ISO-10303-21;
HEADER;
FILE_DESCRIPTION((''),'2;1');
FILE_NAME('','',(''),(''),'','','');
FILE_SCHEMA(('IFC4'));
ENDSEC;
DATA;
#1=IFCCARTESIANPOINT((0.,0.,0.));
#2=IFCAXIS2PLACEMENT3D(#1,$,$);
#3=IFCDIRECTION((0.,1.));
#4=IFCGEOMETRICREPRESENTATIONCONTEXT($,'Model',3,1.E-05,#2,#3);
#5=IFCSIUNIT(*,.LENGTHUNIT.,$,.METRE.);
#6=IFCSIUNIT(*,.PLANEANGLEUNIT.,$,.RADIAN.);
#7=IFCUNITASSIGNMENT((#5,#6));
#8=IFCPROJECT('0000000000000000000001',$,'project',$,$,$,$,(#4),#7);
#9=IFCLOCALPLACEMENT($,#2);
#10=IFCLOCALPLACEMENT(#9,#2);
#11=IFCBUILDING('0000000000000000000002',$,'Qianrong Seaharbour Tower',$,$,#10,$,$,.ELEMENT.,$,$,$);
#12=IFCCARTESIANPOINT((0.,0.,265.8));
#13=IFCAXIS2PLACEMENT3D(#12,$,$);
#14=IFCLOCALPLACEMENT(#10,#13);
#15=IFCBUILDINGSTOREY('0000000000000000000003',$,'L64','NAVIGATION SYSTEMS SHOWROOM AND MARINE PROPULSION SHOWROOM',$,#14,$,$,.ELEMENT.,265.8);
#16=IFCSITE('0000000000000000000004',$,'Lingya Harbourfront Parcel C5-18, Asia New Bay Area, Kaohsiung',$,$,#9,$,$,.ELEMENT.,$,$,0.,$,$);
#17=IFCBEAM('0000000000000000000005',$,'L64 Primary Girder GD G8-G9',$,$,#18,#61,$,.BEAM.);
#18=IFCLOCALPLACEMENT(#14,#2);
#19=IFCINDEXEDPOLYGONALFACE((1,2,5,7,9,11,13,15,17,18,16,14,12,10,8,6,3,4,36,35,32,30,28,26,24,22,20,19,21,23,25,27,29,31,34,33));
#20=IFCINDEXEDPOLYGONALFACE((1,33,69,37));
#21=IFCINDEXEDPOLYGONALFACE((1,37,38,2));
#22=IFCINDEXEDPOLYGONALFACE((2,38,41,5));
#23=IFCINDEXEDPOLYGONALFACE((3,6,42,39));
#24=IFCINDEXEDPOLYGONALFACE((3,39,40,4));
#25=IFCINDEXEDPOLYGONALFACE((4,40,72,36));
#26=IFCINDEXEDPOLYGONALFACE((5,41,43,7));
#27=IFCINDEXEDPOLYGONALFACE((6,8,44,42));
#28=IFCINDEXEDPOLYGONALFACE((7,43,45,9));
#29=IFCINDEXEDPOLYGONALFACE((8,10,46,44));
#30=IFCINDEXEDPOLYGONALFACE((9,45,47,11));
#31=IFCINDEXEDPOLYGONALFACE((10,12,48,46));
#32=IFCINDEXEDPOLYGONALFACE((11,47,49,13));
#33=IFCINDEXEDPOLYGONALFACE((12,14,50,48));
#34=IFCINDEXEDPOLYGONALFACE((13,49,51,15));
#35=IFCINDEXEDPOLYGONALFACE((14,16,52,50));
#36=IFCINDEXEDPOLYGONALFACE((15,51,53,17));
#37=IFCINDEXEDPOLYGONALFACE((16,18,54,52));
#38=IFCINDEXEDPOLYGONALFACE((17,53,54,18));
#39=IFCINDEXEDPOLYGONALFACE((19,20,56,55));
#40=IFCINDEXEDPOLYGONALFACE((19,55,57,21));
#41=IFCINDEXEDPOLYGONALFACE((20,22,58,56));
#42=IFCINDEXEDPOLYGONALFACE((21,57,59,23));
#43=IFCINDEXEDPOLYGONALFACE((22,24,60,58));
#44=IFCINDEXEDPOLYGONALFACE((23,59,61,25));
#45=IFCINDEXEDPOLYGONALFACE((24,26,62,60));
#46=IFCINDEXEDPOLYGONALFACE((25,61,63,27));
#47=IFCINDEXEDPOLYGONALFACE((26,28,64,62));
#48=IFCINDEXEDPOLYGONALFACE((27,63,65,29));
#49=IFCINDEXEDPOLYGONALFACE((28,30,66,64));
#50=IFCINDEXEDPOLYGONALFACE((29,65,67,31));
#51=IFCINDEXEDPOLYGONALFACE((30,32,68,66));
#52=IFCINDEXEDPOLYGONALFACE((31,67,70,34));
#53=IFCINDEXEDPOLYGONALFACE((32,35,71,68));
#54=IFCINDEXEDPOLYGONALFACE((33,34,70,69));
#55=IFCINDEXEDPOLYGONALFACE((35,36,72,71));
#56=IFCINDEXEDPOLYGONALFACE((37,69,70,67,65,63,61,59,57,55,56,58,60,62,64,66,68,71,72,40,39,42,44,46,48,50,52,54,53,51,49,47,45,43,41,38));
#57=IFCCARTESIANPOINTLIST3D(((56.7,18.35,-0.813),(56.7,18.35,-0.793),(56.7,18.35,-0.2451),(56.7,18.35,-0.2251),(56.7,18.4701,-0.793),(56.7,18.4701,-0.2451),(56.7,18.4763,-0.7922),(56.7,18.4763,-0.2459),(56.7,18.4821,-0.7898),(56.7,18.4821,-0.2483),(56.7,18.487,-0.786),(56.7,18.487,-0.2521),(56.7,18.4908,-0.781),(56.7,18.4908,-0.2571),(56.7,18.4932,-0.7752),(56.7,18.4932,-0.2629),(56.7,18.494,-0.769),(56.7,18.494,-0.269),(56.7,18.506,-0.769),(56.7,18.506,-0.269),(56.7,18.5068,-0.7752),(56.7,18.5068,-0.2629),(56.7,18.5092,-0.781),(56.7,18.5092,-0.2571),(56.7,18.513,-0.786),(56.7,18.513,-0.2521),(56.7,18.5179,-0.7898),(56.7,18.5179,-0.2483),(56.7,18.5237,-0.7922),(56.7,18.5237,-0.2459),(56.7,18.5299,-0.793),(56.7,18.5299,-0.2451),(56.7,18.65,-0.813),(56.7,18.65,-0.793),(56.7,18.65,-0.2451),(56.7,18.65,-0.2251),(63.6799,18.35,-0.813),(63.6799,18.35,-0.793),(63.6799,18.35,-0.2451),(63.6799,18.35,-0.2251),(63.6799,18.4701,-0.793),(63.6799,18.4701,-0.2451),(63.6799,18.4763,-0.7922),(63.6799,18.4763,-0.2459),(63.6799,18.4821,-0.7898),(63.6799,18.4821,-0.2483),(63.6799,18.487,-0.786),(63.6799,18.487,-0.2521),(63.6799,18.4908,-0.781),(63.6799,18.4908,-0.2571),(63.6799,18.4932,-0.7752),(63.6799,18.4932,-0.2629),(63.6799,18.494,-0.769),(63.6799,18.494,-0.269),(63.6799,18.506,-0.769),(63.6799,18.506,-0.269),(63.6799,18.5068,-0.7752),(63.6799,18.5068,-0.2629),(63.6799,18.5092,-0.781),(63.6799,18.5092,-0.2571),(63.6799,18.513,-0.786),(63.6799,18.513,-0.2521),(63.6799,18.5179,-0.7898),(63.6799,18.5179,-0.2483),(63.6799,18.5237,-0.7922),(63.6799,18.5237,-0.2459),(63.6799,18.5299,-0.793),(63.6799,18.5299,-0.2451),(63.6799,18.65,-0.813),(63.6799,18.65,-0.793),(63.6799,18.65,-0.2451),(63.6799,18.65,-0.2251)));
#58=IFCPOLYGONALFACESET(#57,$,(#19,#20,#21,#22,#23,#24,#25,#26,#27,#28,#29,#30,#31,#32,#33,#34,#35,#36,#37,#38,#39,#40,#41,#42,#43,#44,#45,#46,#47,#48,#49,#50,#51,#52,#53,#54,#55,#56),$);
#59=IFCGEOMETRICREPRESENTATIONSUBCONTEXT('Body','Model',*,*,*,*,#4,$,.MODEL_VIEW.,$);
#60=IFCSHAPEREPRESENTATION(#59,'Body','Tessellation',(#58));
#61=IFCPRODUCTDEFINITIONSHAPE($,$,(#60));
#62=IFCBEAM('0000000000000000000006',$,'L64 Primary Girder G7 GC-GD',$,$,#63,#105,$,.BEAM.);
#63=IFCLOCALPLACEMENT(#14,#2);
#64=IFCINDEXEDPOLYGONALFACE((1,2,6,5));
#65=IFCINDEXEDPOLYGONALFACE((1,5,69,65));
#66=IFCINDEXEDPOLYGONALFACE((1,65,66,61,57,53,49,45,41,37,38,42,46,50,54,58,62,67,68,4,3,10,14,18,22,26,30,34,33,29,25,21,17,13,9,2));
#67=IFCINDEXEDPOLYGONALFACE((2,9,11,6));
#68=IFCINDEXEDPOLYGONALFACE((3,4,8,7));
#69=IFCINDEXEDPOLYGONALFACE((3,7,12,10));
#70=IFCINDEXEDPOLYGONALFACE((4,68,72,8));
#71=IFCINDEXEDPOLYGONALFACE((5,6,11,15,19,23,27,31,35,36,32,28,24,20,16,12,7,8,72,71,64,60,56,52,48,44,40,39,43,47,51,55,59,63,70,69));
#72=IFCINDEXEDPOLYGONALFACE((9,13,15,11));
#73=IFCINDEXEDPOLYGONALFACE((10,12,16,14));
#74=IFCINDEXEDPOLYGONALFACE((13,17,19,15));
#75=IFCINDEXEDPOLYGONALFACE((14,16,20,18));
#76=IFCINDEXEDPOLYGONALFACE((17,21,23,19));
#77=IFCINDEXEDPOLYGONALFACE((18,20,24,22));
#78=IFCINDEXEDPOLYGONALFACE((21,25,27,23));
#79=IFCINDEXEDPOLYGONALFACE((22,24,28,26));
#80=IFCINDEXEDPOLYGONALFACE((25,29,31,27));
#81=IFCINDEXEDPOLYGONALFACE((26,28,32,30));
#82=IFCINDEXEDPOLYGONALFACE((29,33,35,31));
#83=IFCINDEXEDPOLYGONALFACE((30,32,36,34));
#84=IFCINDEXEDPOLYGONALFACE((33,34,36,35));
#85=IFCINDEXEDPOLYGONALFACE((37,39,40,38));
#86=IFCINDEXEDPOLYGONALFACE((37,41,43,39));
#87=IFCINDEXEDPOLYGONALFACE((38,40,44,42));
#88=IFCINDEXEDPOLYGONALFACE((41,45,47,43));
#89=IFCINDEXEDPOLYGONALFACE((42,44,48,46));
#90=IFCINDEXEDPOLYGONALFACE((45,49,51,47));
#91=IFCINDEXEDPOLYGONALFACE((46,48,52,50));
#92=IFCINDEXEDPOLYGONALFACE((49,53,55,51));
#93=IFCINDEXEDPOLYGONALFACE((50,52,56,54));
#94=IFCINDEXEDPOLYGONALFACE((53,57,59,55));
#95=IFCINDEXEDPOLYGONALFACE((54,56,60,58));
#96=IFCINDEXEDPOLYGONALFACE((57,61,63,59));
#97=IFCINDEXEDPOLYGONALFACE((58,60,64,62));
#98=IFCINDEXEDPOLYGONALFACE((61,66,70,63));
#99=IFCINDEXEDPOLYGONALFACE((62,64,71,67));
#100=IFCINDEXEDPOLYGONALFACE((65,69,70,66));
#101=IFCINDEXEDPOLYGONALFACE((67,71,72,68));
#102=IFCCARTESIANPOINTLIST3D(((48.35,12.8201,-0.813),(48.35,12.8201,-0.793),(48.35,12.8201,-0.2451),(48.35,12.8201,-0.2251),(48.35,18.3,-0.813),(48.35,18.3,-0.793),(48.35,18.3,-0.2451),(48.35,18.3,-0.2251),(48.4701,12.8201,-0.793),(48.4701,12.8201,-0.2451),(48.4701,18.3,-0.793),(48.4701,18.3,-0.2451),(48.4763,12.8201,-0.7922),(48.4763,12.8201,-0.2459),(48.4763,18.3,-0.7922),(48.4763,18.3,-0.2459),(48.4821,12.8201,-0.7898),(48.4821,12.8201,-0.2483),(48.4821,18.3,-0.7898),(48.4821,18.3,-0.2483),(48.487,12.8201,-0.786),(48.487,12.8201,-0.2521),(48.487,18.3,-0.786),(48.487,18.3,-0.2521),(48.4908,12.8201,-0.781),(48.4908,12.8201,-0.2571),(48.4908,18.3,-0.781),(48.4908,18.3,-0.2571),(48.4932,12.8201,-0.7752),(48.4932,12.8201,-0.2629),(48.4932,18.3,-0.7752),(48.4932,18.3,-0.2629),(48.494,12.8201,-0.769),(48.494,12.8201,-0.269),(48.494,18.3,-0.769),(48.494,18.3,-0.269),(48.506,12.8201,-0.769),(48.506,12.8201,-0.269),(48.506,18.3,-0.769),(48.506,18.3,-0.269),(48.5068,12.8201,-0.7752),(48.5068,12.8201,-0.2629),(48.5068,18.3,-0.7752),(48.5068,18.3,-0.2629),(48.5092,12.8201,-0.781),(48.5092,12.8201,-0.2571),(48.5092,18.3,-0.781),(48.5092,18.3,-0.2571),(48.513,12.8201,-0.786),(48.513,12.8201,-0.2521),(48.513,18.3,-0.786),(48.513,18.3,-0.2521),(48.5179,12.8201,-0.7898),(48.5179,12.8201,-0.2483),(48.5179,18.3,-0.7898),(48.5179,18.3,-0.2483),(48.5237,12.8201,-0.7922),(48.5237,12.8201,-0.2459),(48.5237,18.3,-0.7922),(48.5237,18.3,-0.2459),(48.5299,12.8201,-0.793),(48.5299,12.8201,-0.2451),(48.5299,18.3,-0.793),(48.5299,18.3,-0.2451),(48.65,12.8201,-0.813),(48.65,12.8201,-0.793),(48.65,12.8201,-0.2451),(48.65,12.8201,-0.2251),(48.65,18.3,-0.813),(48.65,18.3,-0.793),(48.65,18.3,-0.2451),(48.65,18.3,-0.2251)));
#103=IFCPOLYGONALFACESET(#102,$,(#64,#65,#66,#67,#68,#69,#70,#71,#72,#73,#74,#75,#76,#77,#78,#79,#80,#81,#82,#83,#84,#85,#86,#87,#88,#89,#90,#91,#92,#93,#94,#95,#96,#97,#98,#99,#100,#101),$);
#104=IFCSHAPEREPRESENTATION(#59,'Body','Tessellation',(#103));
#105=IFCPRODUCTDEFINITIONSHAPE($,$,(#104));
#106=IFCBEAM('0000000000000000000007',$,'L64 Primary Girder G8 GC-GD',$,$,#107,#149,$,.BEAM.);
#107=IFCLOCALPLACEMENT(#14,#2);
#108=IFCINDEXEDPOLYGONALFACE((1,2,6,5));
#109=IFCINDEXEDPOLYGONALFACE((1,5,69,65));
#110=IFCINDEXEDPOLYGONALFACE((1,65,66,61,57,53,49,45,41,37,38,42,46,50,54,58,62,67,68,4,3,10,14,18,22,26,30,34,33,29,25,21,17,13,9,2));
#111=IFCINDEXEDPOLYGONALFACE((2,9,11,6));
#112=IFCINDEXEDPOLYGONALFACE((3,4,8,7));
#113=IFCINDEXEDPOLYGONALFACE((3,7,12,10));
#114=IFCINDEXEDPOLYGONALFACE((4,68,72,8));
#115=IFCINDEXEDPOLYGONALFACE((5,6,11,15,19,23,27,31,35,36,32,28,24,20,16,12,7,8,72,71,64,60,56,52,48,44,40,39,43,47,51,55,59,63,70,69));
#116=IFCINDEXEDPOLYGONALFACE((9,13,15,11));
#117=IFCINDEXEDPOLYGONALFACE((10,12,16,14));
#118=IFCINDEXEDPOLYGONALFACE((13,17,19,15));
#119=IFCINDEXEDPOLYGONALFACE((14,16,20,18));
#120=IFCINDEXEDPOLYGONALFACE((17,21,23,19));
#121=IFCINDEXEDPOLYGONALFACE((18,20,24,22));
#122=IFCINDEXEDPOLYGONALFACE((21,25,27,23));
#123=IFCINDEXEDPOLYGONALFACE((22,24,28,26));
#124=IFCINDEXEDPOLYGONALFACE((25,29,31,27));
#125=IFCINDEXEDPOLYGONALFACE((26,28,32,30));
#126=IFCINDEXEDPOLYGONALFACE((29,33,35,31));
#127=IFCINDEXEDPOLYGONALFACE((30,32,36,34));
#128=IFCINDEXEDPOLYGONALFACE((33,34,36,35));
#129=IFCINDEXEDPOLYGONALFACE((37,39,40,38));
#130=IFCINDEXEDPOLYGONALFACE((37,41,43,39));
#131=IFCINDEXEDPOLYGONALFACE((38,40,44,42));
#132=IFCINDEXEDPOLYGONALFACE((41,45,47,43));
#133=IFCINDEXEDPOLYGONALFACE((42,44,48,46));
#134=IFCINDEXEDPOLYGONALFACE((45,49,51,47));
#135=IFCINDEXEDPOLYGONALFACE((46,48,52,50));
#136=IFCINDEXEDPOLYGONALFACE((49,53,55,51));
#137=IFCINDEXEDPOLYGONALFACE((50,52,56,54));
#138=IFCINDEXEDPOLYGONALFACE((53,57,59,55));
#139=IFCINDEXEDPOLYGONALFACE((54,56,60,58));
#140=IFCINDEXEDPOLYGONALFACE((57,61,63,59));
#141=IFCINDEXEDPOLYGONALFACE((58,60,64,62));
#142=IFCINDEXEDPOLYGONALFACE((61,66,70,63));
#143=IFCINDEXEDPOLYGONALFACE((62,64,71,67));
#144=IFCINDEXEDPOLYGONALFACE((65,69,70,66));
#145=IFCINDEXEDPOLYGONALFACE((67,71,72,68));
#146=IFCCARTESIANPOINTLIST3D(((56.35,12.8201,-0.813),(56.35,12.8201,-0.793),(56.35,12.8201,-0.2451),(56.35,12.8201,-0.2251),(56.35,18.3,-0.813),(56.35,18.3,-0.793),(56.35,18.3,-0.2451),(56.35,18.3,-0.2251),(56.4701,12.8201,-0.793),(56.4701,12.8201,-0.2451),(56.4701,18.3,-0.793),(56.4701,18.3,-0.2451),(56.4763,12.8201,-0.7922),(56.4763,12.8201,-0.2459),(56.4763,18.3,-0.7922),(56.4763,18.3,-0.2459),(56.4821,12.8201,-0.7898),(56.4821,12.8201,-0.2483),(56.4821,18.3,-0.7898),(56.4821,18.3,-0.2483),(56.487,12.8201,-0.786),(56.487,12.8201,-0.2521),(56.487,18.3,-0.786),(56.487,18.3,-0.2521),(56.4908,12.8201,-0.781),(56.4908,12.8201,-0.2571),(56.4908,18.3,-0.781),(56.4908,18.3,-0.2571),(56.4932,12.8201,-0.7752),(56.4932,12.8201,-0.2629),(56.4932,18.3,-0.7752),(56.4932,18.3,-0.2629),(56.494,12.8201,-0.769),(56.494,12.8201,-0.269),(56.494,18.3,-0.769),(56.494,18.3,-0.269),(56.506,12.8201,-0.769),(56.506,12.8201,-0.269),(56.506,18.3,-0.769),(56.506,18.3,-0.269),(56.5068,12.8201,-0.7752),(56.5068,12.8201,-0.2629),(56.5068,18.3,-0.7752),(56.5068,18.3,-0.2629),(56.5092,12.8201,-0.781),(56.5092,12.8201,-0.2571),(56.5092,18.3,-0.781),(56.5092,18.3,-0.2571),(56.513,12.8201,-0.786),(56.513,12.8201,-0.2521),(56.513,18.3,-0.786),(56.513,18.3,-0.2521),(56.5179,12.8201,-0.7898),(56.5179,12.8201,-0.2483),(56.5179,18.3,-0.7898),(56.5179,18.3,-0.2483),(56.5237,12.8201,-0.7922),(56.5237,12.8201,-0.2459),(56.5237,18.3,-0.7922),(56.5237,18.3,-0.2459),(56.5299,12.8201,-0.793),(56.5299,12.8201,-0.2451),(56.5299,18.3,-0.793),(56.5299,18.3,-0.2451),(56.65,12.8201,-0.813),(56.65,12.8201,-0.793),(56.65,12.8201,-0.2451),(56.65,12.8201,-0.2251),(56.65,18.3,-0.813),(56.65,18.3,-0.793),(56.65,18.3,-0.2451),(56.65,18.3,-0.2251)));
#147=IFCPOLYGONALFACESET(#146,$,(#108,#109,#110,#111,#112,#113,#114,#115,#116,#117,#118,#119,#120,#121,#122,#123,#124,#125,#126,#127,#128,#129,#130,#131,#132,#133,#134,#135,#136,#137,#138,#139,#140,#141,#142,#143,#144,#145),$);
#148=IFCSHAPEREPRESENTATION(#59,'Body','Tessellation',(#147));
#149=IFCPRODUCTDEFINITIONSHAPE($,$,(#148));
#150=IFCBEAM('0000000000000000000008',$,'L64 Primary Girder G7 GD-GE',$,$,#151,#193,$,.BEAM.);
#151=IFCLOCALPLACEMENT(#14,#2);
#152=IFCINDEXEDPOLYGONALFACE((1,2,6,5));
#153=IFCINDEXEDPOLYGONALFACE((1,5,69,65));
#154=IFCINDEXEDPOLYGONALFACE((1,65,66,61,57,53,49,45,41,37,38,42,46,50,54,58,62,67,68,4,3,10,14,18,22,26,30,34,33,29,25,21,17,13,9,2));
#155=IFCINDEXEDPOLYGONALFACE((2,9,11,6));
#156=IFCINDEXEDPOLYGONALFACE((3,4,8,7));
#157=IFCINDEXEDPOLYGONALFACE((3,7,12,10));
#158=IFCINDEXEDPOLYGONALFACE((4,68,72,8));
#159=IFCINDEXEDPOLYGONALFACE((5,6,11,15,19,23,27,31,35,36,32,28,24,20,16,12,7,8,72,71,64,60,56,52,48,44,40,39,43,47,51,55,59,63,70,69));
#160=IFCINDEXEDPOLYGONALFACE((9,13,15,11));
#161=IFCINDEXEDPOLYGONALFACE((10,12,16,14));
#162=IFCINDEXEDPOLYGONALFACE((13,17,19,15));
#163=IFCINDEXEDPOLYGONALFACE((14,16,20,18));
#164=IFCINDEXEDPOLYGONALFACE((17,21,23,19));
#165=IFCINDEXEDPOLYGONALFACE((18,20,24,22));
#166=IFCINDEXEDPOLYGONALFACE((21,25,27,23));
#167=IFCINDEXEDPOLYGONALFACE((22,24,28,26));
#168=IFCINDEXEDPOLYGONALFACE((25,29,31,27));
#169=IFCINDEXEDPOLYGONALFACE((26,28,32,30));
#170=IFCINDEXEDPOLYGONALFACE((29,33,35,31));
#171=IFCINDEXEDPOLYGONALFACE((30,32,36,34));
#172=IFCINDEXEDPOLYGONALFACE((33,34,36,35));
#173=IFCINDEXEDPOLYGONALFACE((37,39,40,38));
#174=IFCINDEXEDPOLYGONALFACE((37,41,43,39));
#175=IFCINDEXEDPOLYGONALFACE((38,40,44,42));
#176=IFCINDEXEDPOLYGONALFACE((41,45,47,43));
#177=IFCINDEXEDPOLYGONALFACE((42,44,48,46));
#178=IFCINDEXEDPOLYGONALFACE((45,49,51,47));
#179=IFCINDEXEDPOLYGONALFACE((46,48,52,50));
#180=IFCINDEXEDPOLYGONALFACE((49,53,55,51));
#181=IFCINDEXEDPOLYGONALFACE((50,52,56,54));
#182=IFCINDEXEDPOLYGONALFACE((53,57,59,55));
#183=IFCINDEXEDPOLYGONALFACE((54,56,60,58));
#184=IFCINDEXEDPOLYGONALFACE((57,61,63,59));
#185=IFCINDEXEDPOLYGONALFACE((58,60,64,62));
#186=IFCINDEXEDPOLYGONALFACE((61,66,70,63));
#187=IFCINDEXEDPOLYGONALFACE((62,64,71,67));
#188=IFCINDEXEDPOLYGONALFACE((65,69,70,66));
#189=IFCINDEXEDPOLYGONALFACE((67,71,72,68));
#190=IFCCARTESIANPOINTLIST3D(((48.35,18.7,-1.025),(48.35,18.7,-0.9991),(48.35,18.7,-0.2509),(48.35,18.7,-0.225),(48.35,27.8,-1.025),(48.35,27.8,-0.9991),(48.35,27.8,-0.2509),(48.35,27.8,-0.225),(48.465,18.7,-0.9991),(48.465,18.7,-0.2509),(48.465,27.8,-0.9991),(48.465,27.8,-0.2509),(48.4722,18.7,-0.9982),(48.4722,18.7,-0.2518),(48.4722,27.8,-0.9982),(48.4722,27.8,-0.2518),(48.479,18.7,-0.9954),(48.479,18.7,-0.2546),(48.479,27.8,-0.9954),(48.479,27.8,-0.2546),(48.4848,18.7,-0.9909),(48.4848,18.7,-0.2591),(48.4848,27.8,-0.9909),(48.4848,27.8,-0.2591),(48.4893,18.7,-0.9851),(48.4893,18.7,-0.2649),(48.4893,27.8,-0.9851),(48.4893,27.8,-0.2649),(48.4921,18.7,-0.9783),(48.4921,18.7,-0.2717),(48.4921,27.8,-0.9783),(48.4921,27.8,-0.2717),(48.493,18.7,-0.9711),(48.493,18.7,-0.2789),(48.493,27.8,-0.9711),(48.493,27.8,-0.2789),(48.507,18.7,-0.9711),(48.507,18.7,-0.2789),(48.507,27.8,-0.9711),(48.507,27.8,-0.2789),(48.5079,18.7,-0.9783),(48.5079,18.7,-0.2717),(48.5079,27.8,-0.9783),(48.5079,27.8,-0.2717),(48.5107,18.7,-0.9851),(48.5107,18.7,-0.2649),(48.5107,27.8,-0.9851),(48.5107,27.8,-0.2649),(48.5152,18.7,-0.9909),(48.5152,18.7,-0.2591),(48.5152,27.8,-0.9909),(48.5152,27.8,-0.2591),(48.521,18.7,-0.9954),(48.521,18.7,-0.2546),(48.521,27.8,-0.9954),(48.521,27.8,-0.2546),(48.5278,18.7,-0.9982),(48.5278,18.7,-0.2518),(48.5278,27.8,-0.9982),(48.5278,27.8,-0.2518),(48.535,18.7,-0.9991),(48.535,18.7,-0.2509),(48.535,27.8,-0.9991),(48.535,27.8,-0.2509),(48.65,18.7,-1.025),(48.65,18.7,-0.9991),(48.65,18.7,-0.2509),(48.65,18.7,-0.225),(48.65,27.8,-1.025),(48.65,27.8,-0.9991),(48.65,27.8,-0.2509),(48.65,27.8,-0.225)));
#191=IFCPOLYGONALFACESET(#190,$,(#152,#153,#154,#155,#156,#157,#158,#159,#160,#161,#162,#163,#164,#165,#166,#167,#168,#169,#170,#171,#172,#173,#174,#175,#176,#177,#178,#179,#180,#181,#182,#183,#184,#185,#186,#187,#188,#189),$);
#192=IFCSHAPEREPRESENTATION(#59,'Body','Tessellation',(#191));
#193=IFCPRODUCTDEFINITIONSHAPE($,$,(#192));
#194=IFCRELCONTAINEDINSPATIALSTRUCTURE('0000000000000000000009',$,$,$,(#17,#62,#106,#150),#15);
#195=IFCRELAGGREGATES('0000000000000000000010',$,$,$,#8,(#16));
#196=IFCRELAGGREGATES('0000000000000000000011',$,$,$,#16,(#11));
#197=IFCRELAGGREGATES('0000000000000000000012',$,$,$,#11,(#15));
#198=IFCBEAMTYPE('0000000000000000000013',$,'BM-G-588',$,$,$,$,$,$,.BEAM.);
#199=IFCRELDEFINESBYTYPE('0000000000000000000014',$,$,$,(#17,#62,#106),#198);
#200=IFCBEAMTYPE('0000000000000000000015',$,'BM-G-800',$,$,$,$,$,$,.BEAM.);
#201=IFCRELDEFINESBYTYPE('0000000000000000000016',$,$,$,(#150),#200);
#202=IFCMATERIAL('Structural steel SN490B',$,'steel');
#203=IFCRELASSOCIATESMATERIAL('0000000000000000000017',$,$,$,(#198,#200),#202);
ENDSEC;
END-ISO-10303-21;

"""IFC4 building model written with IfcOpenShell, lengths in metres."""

from ifc_helpers import new_model, si_unit, direction, frame, origin, origin_2d, place, context, subcontext, project, spatial, i_section, extrude, material, material_profile, profile_set, type_object, element, save


model = new_model("IFC4")

# Units and contexts
model_context = context("Model", 3, precision=1e-05, world=origin(), true_north=direction((0.0, 1.0)))
body_context = subcontext(model_context, "Body", "Model", "MODEL_VIEW")
ifc_project = project(units=[si_unit("LENGTHUNIT", "METRE"), si_unit("PLANEANGLEUNIT", "RADIAN")], contexts=[model_context])

# Site, building, storey
site_placement = place(None, origin())
site = spatial("IfcSite", under=ifc_project, at=site_placement, Name="Lingya Harbourfront Parcel C5-18, Asia New Bay Area, Kaohsiung", CompositionType="ELEMENT", RefElevation=0.0)
building_placement = place(site_placement, origin())
building = spatial("IfcBuilding", under=site, at=building_placement, Name="Qianrong Seaharbour Tower", CompositionType="ELEMENT")
storey_placement = place(building_placement, frame((0.0, 0.0, 265.8)))
storey = spatial("IfcBuildingStorey", under=building, at=storey_placement, Name="L64", Description="NAVIGATION SYSTEMS SHOWROOM AND MARINE PROPULSION SHOWROOM", CompositionType="ELEMENT", Elevation=265.8)

# Shared definitions
ifc_material_1 = material(Name="Structural steel SN490B", Category="steel")

# Beams
ifc_material_profile_1 = material_profile(ifc_material_1, i_section(OverallWidth=0.3, OverallDepth=0.5879, WebThickness=0.012, FlangeThickness=0.02, FilletRadius=0.0239, at=origin_2d()), Name="H588x300x12x20")
ifc_profile_set_1 = profile_set([ifc_material_profile_1], Name="Structural steel SN490B")
beam_type_1 = type_object("IfcBeamType", Name="BM-G-588", PredefinedType="BEAM", material=ifc_profile_set_1)
beam_1_placement = place(storey_placement, frame((56.7, 18.5, -0.519), z_axis=(1.0, 0.0, 0.0), x_axis=(0.0, 1.0, 0.0)))
element("IfcBeam", 1, at=beam_1_placement, inside=storey, type_object=beam_type_1, Name="L64 Primary Girder GD G8-G9", PredefinedType="BEAM", context=body_context, shape_type="SweptSolid", body=[
    extrude(i_section(OverallWidth=0.3, OverallDepth=0.5879, WebThickness=0.012, FlangeThickness=0.02, FilletRadius=0.0239, at=origin_2d()), origin(), (0.0, 0.0, 1.0), 6.98),
])
for number, where, z_axis, x_axis, name in (
    (2, (48.5, 12.8201, -0.519), (0.0, 1.0, 0.0), (-1.0, 0.0, 0.0), "L64 Primary Girder G7 GC-GD"),
    (3, (56.5, 12.8201, -0.519), (0.0, 1.0, 0.0), (-1.0, 0.0, 0.0), "L64 Primary Girder G8 GC-GD"),
):
    element("IfcBeam", number, at=place(storey_placement, frame(where, z_axis=z_axis, x_axis=x_axis)), inside=storey, type_object=beam_type_1, Name=name, PredefinedType="BEAM", context=body_context, shape_type="SweptSolid", body=[
        extrude(i_section(OverallWidth=0.3, OverallDepth=0.5879, WebThickness=0.012, FlangeThickness=0.02, FilletRadius=0.0239, at=origin_2d()), origin(), (0.0, 0.0, 1.0), 5.48),
    ])
ifc_material_profile_2 = material_profile(ifc_material_1, i_section(OverallWidth=0.3, OverallDepth=0.8, WebThickness=0.0139, FlangeThickness=0.0259, FilletRadius=0.0281, at=origin_2d()), Name="H800x300x14x26")
ifc_profile_set_2 = profile_set([ifc_material_profile_2], Name="Structural steel SN490B")
beam_type_2 = type_object("IfcBeamType", Name="BM-G-800", PredefinedType="BEAM", material=ifc_profile_set_2)
for number, where, z_axis, x_axis, name in (
    (4, (48.5, 18.7, -0.625), (0.0, 1.0, 0.0), (-1.0, 0.0, 0.0), "L64 Primary Girder G7 GD-GE"),
):
    element("IfcBeam", number, at=place(storey_placement, frame(where, z_axis=z_axis, x_axis=x_axis)), inside=storey, type_object=beam_type_2, Name=name, PredefinedType="BEAM", context=body_context, shape_type="SweptSolid", body=[
        extrude(i_section(OverallWidth=0.3, OverallDepth=0.8, WebThickness=0.0139, FlangeThickness=0.0259, FilletRadius=0.0281, at=origin_2d()), origin(), (0.0, 0.0, 1.0), 9.1001),
    ])

save(model, "model.ifc")
